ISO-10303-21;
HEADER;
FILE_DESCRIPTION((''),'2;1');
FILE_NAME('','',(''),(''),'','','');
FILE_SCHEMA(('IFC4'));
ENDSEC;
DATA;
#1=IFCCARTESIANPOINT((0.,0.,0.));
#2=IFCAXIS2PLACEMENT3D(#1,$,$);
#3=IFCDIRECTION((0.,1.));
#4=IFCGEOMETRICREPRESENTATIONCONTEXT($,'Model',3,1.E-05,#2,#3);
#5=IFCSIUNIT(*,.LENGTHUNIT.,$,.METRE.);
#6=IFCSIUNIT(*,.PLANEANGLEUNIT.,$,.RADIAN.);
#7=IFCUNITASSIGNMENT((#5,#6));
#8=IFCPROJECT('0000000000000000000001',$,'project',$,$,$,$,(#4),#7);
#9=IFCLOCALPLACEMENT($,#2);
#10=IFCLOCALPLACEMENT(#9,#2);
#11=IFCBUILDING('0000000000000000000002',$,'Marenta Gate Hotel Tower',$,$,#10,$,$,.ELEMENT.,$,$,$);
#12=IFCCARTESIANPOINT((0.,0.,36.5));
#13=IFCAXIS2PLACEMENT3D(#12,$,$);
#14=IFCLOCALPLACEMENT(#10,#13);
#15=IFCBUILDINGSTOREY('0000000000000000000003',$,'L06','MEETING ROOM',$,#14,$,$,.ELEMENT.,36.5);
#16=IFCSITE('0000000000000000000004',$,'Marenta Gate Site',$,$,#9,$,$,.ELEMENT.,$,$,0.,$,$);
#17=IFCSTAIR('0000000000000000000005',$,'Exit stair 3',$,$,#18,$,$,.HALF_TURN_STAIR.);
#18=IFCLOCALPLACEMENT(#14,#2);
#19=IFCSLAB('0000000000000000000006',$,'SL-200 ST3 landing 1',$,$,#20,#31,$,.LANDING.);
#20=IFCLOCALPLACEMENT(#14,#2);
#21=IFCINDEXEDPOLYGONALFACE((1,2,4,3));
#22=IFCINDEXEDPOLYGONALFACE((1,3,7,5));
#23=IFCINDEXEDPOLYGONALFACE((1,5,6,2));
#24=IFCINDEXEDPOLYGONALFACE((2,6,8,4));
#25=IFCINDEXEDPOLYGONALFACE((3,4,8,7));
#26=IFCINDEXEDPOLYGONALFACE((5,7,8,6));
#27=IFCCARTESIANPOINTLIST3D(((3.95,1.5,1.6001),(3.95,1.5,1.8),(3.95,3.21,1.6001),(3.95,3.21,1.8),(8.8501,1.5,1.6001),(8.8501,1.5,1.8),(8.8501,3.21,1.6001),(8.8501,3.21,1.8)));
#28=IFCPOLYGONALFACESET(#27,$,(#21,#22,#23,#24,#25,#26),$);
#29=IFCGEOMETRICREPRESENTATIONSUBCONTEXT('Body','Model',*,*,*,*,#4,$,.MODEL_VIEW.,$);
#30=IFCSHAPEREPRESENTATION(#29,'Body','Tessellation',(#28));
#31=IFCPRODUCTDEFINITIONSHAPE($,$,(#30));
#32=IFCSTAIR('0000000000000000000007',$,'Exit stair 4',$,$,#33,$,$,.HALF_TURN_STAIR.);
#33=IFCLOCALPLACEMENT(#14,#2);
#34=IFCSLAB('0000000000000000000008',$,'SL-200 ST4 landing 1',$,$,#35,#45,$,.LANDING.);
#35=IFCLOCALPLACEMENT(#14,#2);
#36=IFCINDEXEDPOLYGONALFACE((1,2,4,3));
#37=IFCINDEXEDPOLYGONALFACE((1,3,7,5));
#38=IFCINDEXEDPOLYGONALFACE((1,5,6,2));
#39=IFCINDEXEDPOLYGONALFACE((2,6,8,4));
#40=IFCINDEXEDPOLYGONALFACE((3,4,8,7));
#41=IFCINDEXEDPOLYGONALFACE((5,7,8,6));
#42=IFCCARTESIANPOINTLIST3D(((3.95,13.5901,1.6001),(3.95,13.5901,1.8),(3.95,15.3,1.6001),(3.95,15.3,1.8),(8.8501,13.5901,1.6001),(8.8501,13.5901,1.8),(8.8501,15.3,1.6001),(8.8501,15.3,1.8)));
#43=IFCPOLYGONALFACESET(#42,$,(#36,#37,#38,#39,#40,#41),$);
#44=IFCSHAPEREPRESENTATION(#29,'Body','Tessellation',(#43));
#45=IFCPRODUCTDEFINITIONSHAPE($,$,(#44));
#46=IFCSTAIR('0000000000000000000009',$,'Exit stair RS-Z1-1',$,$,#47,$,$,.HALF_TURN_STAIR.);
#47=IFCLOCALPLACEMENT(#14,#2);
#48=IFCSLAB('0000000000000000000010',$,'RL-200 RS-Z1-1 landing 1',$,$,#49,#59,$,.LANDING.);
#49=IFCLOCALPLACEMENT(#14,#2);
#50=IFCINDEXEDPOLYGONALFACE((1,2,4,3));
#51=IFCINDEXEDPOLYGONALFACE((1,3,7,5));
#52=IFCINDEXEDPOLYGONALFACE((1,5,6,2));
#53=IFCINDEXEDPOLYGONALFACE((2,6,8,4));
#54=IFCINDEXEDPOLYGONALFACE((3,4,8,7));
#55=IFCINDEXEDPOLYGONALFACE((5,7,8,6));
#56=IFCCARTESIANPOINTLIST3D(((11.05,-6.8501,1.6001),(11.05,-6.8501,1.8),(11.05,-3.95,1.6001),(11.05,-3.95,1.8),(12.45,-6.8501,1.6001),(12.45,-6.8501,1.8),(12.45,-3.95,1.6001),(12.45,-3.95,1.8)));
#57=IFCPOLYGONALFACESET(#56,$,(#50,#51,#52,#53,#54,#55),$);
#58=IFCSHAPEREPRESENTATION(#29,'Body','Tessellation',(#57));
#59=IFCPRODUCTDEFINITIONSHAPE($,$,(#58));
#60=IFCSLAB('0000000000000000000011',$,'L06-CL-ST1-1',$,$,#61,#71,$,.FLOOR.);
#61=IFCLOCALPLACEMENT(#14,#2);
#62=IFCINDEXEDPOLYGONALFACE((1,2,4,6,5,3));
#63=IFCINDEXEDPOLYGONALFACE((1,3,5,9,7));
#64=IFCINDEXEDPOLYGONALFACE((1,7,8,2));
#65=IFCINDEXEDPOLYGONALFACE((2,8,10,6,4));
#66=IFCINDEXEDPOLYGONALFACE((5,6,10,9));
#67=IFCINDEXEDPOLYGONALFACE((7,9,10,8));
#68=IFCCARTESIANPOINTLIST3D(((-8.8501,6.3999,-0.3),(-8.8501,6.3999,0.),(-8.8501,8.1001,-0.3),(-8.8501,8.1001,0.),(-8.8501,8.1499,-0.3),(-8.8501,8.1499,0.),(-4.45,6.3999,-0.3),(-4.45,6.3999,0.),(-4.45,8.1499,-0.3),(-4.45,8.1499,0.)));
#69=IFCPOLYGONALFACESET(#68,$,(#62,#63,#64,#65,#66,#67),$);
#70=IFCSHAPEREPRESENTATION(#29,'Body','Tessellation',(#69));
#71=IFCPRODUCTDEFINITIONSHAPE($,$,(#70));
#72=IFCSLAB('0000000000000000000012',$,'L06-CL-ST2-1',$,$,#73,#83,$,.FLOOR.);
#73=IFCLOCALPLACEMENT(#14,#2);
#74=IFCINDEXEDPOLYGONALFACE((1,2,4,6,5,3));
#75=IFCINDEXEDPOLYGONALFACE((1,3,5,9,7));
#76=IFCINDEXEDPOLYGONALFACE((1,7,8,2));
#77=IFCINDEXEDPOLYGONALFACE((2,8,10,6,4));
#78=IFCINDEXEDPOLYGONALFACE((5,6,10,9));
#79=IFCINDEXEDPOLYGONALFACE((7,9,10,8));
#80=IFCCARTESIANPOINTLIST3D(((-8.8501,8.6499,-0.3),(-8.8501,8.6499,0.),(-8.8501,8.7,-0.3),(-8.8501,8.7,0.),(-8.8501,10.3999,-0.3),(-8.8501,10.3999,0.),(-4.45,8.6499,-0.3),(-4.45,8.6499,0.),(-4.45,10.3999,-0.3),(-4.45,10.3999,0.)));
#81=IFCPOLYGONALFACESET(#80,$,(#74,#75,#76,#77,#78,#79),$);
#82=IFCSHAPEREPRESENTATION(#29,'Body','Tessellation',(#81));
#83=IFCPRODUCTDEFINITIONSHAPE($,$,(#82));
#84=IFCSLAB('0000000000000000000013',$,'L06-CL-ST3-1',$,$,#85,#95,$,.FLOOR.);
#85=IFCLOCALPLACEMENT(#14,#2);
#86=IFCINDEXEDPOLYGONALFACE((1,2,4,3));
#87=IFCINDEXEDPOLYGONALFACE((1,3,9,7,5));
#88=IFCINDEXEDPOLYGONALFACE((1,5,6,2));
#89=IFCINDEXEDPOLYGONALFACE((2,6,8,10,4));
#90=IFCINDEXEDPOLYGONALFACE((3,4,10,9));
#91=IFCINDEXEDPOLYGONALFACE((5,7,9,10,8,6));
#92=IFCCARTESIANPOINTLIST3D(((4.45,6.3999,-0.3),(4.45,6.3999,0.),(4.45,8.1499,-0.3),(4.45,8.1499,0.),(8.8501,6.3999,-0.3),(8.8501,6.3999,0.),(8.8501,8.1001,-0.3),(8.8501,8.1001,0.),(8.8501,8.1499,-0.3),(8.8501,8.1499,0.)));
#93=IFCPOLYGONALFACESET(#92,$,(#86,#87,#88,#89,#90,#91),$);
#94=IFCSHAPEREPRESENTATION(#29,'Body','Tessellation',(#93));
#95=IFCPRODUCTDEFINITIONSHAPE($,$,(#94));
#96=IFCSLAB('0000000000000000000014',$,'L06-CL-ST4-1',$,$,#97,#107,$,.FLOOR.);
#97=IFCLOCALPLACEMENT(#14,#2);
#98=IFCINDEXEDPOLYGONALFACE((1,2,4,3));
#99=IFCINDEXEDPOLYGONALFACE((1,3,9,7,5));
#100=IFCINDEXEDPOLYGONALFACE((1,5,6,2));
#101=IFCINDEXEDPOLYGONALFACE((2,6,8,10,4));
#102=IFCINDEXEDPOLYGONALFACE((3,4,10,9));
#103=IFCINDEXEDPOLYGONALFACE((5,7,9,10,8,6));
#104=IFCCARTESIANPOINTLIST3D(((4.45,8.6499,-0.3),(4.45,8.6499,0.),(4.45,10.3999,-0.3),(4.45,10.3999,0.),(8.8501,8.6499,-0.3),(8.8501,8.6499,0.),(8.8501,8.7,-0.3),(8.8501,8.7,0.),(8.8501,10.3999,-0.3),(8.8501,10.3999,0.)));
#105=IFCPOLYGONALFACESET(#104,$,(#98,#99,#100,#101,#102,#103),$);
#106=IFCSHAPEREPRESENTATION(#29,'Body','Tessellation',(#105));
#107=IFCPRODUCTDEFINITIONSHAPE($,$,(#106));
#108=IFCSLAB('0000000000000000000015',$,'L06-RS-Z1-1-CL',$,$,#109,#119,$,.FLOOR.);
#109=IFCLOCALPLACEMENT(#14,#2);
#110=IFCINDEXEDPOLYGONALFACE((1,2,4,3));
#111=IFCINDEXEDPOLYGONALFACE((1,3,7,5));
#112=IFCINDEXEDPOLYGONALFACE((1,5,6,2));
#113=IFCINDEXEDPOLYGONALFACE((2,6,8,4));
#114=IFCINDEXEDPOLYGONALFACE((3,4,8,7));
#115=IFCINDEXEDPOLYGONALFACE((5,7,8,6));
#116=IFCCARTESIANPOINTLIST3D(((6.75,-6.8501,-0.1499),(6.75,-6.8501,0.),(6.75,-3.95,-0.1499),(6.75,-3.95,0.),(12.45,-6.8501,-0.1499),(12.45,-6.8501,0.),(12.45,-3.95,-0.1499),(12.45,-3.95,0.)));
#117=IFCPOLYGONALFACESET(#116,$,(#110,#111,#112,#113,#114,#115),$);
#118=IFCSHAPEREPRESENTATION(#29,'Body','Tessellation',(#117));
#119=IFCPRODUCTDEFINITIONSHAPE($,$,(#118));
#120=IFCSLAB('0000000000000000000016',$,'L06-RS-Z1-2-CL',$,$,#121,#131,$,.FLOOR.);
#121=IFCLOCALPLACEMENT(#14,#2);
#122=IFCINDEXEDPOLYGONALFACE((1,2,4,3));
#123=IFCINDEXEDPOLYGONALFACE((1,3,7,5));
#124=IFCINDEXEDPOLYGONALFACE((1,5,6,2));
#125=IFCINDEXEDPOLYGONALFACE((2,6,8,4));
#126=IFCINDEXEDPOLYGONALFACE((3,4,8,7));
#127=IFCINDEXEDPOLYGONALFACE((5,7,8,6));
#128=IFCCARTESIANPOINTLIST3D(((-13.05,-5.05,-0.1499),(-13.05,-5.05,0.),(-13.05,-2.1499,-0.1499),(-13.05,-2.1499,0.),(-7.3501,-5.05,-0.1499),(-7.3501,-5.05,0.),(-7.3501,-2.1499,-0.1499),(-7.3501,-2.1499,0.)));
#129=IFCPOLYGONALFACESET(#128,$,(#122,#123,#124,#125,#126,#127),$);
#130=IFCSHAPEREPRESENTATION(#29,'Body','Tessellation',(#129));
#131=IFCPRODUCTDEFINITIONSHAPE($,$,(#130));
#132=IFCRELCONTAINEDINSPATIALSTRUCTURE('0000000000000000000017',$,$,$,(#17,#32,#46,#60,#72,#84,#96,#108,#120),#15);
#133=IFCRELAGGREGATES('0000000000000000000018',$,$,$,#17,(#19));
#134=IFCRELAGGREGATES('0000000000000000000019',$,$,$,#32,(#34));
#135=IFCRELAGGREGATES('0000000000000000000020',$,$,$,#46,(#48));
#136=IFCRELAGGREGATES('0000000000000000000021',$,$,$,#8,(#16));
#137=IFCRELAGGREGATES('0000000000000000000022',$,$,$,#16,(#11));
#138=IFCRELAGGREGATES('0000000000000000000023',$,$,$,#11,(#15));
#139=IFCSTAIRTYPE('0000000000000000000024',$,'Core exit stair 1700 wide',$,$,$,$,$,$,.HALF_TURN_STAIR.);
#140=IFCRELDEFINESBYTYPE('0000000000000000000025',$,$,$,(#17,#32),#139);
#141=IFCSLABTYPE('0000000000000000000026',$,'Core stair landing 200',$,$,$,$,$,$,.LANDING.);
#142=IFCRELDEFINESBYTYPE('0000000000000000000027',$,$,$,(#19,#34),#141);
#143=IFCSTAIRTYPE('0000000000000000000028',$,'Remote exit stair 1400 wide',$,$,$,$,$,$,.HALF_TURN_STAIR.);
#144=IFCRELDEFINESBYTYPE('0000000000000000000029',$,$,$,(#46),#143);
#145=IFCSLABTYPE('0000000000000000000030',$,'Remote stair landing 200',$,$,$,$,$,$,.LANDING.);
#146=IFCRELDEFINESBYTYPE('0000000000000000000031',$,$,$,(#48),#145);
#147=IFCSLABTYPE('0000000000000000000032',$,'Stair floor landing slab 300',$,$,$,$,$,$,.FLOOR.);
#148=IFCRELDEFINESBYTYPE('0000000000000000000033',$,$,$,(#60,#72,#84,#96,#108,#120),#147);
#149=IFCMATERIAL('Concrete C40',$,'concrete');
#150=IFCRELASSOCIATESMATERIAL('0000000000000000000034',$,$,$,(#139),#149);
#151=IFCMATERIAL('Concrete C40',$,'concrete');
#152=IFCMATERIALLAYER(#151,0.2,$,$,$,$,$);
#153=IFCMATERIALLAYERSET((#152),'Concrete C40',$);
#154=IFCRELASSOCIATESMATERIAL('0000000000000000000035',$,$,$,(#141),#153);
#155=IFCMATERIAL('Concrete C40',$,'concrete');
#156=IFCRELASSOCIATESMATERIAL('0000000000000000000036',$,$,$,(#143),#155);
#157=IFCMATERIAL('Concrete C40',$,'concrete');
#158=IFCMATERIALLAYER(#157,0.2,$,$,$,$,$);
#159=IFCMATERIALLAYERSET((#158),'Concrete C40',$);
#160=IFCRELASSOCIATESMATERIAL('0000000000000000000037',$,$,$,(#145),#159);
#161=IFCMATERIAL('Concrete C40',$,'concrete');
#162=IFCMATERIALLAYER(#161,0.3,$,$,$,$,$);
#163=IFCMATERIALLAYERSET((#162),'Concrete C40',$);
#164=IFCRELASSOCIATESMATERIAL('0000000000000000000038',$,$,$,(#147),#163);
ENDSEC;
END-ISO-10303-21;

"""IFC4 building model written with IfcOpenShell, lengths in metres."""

from ifc_helpers import new_model, si_unit, direction, frame, origin, place, context, subcontext, project, spatial, polyline, outline, extrude, material, layer, layer_set, type_object, element, aggregate, save


model = new_model("IFC4")

# Units and contexts
model_context = context("Model", 3, precision=1e-05, world=origin(), true_north=direction((0.0, 1.0)))
body_context = subcontext(model_context, "Body", "Model", "MODEL_VIEW")
ifc_project = project(units=[si_unit("LENGTHUNIT", "METRE"), si_unit("PLANEANGLEUNIT", "RADIAN")], contexts=[model_context])

# Site, building, storey
site_placement = place(None, origin())
site = spatial("IfcSite", under=ifc_project, at=site_placement, Name="Marenta Gate Site", CompositionType="ELEMENT", RefElevation=0.0)
building_placement = place(site_placement, origin())
building = spatial("IfcBuilding", under=site, at=building_placement, Name="Marenta Gate Hotel Tower", CompositionType="ELEMENT")
storey_placement = place(building_placement, frame((0.0, 0.0, 36.5)))
storey = spatial("IfcBuildingStorey", under=building, at=storey_placement, Name="L06", Description="MEETING ROOM", CompositionType="ELEMENT", Elevation=36.5)

# Stairs, slabs
ifc_material_1 = material(Name="Concrete C40", Category="concrete")
stair_type_1 = type_object("IfcStairType", Name="Core exit stair 1700 wide", PredefinedType="HALF_TURN_STAIR", material=ifc_material_1)
ifc_material_2 = material(Name="Concrete C40", Category="concrete")
ifc_layer_1 = layer(ifc_material_2, 0.2)
ifc_layer_set_1 = layer_set([ifc_layer_1], Name="Concrete C40")
slab_type_1 = type_object("IfcSlabType", Name="Core stair landing 200", PredefinedType="LANDING", material=ifc_layer_set_1)
stair_1_placement = place(storey_placement, origin())
stair_1 = element("IfcStair", 1, at=stair_1_placement, inside=storey, type_object=stair_type_1, Name="Exit stair 3", PredefinedType="HALF_TURN_STAIR")
slab_1_placement = place(storey_placement, frame((0.0, 0.0, 1.6001)))
slab_1 = element("IfcSlab", 2, at=slab_1_placement, type_object=slab_type_1, Name="SL-200 ST3 landing 1", PredefinedType="LANDING", context=body_context, shape_type="SweptSolid", body=[
    extrude(outline(polyline([(3.95, 1.5), (8.8501, 1.5), (8.8501, 3.21), (3.95, 3.21), (3.95, 1.5)])), origin(), (0.0, 0.0, 1.0), 0.2),
])
aggregate(stair_1, [slab_1])
stair_2_placement = place(storey_placement, origin())
stair_2 = element("IfcStair", 3, at=stair_2_placement, inside=storey, type_object=stair_type_1, Name="Exit stair 4", PredefinedType="HALF_TURN_STAIR")
slab_2_placement = place(storey_placement, frame((0.0, 0.0, 1.6001)))
slab_2 = element("IfcSlab", 4, at=slab_2_placement, type_object=slab_type_1, Name="SL-200 ST4 landing 1", PredefinedType="LANDING", context=body_context, shape_type="SweptSolid", body=[
    extrude(outline(polyline([(3.95, 13.5901), (8.8501, 13.5901), (8.8501, 15.3), (3.95, 15.3), (3.95, 13.5901)])), origin(), (0.0, 0.0, 1.0), 0.2),
])
aggregate(stair_2, [slab_2])
ifc_material_3 = material(Name="Concrete C40", Category="concrete")
stair_type_2 = type_object("IfcStairType", Name="Remote exit stair 1400 wide", PredefinedType="HALF_TURN_STAIR", material=ifc_material_3)
stair_3_placement = place(storey_placement, origin())
stair_3 = element("IfcStair", 5, at=stair_3_placement, inside=storey, type_object=stair_type_2, Name="Exit stair RS-Z1-1", PredefinedType="HALF_TURN_STAIR")
ifc_material_4 = material(Name="Concrete C40", Category="concrete")
ifc_layer_2 = layer(ifc_material_4, 0.2)
ifc_layer_set_2 = layer_set([ifc_layer_2], Name="Concrete C40")
slab_type_2 = type_object("IfcSlabType", Name="Remote stair landing 200", PredefinedType="LANDING", material=ifc_layer_set_2)
slab_3_placement = place(storey_placement, frame((0.0, 0.0, 1.6001)))
slab_3 = element("IfcSlab", 6, at=slab_3_placement, type_object=slab_type_2, Name="RL-200 RS-Z1-1 landing 1", PredefinedType="LANDING", context=body_context, shape_type="SweptSolid", body=[
    extrude(outline(polyline([(11.05, -6.8501), (12.45, -6.8501), (12.45, -3.95), (11.05, -3.95), (11.05, -6.8501)])), origin(), (0.0, 0.0, 1.0), 0.2),
])
aggregate(stair_3, [slab_3])

# Slabs
ifc_material_5 = material(Name="Concrete C40", Category="concrete")
ifc_layer_3 = layer(ifc_material_5, 0.3)
ifc_layer_set_3 = layer_set([ifc_layer_3], Name="Concrete C40")
slab_type_3 = type_object("IfcSlabType", Name="Stair floor landing slab 300", PredefinedType="FLOOR", material=ifc_layer_set_3)
slab_4_placement = place(storey_placement, frame((0.0, 0.0, -0.3)))
element("IfcSlab", 7, at=slab_4_placement, inside=storey, type_object=slab_type_3, Name="L06-CL-ST1-1", PredefinedType="FLOOR", context=body_context, shape_type="SweptSolid", body=[
    extrude(outline(polyline([(-4.45, 6.3999), (-8.8501, 6.3999), (-8.8501, 8.1001), (-8.8501, 8.1499), (-4.45, 8.1499), (-4.45, 6.3999)])), origin(), (0.0, 0.0, 1.0), 0.3),
])
slab_5_placement = place(storey_placement, frame((0.0, 0.0, -0.3)))
element("IfcSlab", 8, at=slab_5_placement, inside=storey, type_object=slab_type_3, Name="L06-CL-ST2-1", PredefinedType="FLOOR", context=body_context, shape_type="SweptSolid", body=[
    extrude(outline(polyline([(-4.45, 8.6499), (-8.8501, 8.6499), (-8.8501, 8.7), (-8.8501, 10.3999), (-4.45, 10.3999), (-4.45, 8.6499)])), origin(), (0.0, 0.0, 1.0), 0.3),
])
slab_6_placement = place(storey_placement, frame((0.0, 0.0, -0.3)))
element("IfcSlab", 9, at=slab_6_placement, inside=storey, type_object=slab_type_3, Name="L06-CL-ST3-1", PredefinedType="FLOOR", context=body_context, shape_type="SweptSolid", body=[
    extrude(outline(polyline([(4.45, 6.3999), (4.45, 8.1499), (8.8501, 8.1499), (8.8501, 8.1001), (8.8501, 6.3999), (4.45, 6.3999)])), origin(), (0.0, 0.0, 1.0), 0.3),
])
slab_7_placement = place(storey_placement, frame((0.0, 0.0, -0.3)))
element("IfcSlab", 10, at=slab_7_placement, inside=storey, type_object=slab_type_3, Name="L06-CL-ST4-1", PredefinedType="FLOOR", context=body_context, shape_type="SweptSolid", body=[
    extrude(outline(polyline([(4.45, 8.6499), (4.45, 10.3999), (8.8501, 10.3999), (8.8501, 8.7), (8.8501, 8.6499), (4.45, 8.6499)])), origin(), (0.0, 0.0, 1.0), 0.3),
])
slab_8_placement = place(storey_placement, frame((0.0, 0.0, -0.1499)))
element("IfcSlab", 11, at=slab_8_placement, inside=storey, type_object=slab_type_3, Name="L06-RS-Z1-1-CL", PredefinedType="FLOOR", context=body_context, shape_type="SweptSolid", body=[
    extrude(outline(polyline([(12.45, -6.8501), (12.45, -3.95), (6.75, -3.95), (6.75, -6.8501), (12.45, -6.8501)])), origin(), (0.0, 0.0, 1.0), 0.1499),
])
slab_9_placement = place(storey_placement, frame((0.0, 0.0, -0.1499)))
element("IfcSlab", 12, at=slab_9_placement, inside=storey, type_object=slab_type_3, Name="L06-RS-Z1-2-CL", PredefinedType="FLOOR", context=body_context, shape_type="SweptSolid", body=[
    extrude(outline(polyline([(-7.3501, -5.05), (-7.3501, -2.1499), (-13.05, -2.1499), (-13.05, -5.05), (-7.3501, -5.05)])), origin(), (0.0, 0.0, 1.0), 0.1499),
])

save(model, "model.ifc")
